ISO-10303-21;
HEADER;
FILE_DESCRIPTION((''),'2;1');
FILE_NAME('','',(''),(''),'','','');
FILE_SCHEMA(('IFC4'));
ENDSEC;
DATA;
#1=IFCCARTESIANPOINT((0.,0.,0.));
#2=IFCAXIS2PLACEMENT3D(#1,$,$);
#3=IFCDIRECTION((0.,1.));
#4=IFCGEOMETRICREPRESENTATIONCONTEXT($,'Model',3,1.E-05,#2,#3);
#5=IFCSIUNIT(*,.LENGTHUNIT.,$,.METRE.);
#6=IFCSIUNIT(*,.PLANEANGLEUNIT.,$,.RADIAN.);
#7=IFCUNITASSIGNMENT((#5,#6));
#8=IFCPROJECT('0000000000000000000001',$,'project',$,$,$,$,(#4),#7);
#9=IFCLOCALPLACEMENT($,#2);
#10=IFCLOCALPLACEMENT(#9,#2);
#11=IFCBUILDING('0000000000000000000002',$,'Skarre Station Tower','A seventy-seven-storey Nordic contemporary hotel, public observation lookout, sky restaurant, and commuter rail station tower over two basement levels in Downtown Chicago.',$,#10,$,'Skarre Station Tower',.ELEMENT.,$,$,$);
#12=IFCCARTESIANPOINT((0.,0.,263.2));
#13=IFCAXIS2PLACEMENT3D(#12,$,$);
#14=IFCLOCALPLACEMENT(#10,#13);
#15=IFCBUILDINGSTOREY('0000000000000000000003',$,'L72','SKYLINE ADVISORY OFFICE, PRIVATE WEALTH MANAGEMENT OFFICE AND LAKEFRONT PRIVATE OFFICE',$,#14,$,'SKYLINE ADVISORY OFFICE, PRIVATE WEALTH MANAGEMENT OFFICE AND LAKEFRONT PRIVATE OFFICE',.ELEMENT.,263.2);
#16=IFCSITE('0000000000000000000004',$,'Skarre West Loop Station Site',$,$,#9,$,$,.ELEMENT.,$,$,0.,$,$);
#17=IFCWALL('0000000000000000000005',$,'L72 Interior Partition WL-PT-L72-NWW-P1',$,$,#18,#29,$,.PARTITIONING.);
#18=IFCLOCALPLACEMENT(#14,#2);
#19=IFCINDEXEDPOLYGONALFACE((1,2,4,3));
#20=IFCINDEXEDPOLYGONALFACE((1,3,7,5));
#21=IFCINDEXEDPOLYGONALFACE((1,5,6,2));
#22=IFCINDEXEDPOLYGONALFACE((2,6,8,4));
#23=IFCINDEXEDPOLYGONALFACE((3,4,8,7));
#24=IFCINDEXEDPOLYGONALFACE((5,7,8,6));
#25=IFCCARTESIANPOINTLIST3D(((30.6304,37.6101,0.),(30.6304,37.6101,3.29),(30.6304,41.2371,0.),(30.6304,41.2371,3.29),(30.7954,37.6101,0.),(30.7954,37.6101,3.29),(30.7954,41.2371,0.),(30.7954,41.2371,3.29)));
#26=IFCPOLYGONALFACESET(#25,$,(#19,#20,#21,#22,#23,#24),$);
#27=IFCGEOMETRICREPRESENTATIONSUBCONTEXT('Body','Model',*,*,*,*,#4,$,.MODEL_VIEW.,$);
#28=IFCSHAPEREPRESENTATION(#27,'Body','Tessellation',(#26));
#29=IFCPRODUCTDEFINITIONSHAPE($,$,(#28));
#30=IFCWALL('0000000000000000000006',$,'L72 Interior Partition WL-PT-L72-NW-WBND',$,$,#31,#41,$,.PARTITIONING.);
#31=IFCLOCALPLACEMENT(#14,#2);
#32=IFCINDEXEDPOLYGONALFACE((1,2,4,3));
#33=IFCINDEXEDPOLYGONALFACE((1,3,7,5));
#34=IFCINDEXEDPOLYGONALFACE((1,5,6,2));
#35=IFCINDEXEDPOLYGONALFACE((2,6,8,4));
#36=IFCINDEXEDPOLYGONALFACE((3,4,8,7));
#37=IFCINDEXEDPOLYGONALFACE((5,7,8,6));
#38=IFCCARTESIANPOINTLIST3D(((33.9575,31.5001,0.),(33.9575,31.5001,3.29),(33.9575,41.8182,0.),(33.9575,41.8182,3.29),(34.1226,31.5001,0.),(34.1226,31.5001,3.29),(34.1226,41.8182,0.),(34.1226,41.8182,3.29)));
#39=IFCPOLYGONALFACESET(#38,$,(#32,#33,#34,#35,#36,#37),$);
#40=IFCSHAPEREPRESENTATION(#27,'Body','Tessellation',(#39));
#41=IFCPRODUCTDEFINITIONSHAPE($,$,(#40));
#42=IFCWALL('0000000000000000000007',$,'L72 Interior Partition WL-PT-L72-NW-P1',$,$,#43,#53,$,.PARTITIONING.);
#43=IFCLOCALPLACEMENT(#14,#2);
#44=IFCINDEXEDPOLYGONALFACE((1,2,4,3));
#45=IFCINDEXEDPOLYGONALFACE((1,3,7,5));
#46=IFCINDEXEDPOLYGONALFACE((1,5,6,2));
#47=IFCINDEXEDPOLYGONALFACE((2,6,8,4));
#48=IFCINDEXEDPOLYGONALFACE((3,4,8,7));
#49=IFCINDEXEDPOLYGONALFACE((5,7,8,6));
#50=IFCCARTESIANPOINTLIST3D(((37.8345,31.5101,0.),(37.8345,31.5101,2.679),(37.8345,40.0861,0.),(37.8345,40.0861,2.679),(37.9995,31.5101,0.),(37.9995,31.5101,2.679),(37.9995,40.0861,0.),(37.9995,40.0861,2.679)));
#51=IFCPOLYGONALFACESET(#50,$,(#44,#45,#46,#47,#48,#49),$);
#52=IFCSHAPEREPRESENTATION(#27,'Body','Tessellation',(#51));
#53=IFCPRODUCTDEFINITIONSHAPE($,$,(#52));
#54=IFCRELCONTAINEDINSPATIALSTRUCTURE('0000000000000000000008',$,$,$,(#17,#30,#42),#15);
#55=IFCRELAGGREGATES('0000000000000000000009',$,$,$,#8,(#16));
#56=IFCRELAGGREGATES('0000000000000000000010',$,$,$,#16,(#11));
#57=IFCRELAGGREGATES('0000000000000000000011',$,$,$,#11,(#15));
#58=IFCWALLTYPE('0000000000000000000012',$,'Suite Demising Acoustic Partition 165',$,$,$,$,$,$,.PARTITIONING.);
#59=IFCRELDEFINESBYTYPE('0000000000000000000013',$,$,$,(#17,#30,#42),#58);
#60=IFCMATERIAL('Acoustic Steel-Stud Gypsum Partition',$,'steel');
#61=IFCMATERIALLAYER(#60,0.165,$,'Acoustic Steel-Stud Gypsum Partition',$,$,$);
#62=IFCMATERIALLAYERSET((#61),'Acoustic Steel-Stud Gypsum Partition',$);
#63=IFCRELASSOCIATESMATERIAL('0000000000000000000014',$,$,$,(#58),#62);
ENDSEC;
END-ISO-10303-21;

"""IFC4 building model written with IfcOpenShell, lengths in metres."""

from ifc_helpers import new_model, si_unit, direction, frame, frame_2d, origin, place, context, subcontext, project, spatial, rectangle, extrude, material, layer, layer_set, type_object, element, save


model = new_model("IFC4")

# Units and contexts
model_context = context("Model", 3, precision=1e-05, world=origin(), true_north=direction((0.0, 1.0)))
body_context = subcontext(model_context, "Body", "Model", "MODEL_VIEW")
ifc_project = project(units=[si_unit("LENGTHUNIT", "METRE"), si_unit("PLANEANGLEUNIT", "RADIAN")], contexts=[model_context])

# Site, building, storey
site_placement = place(None, origin())
site = spatial("IfcSite", under=ifc_project, at=site_placement, Name="Skarre West Loop Station Site", CompositionType="ELEMENT", RefElevation=0.0)
building_placement = place(site_placement, origin())
building = spatial("IfcBuilding", under=site, at=building_placement, Name="Skarre Station Tower", Description="A seventy-seven-storey Nordic contemporary hotel, public observation lookout, sky restaurant, and commuter rail station tower over two basement levels in Downtown Chicago.", LongName="Skarre Station Tower", CompositionType="ELEMENT")
storey_placement = place(building_placement, frame((0.0, 0.0, 263.2)))
storey = spatial("IfcBuildingStorey", under=building, at=storey_placement, Name="L72", Description="SKYLINE ADVISORY OFFICE, PRIVATE WEALTH MANAGEMENT OFFICE AND LAKEFRONT PRIVATE OFFICE", LongName="SKYLINE ADVISORY OFFICE, PRIVATE WEALTH MANAGEMENT OFFICE AND LAKEFRONT PRIVATE OFFICE", CompositionType="ELEMENT", Elevation=263.2)

# Shared definitions
ifc_material_1 = material(Name="Acoustic Steel-Stud Gypsum Partition", Category="steel")

# Walls
ifc_layer_1 = layer(ifc_material_1, 0.165, Name="Acoustic Steel-Stud Gypsum Partition")
ifc_layer_set_1 = layer_set([ifc_layer_1], Name="Acoustic Steel-Stud Gypsum Partition")
wall_type_1 = type_object("IfcWallType", Name="Suite Demising Acoustic Partition 165", PredefinedType="PARTITIONING", material=ifc_layer_set_1)
wall_1_placement = place(storey_placement, frame((30.7129, 37.6101, 0.0), z_axis=(0.0, 0.0, 1.0), x_axis=(0.0, 1.0, 0.0)))
element("IfcWall", 1, at=wall_1_placement, inside=storey, type_object=wall_type_1, Name="L72 Interior Partition WL-PT-L72-NWW-P1", PredefinedType="PARTITIONING", context=body_context, shape_type="SweptSolid", body=[
    extrude(rectangle(XDim=3.627, YDim=0.165, at=frame_2d((1.8135, 0.0))), origin(), (0.0, 0.0, 1.0), 3.29),
])
wall_2_placement = place(storey_placement, frame((34.04, 31.5, 0.0), z_axis=(0.0, 0.0, 1.0), x_axis=(0.0, 1.0, 0.0)))
element("IfcWall", 2, at=wall_2_placement, inside=storey, type_object=wall_type_1, Name="L72 Interior Partition WL-PT-L72-NW-WBND", PredefinedType="PARTITIONING", context=body_context, shape_type="SweptSolid", body=[
    extrude(rectangle(XDim=10.3181, YDim=0.165, at=frame_2d((5.1592, 0.0))), origin(), (0.0, 0.0, 1.0), 3.29),
])
wall_3_placement = place(storey_placement, frame((37.917, 31.51, 0.0), z_axis=(0.0, 0.0, 1.0), x_axis=(0.0, 1.0, 0.0)))
element("IfcWall", 3, at=wall_3_placement, inside=storey, type_object=wall_type_1, Name="L72 Interior Partition WL-PT-L72-NW-P1", PredefinedType="PARTITIONING", context=body_context, shape_type="SweptSolid", body=[
    extrude(rectangle(XDim=8.5759, YDim=0.165, at=frame_2d((4.2881, 0.0))), origin(), (0.0, 0.0, 1.0), 2.679),
])

save(model, "model.ifc")
